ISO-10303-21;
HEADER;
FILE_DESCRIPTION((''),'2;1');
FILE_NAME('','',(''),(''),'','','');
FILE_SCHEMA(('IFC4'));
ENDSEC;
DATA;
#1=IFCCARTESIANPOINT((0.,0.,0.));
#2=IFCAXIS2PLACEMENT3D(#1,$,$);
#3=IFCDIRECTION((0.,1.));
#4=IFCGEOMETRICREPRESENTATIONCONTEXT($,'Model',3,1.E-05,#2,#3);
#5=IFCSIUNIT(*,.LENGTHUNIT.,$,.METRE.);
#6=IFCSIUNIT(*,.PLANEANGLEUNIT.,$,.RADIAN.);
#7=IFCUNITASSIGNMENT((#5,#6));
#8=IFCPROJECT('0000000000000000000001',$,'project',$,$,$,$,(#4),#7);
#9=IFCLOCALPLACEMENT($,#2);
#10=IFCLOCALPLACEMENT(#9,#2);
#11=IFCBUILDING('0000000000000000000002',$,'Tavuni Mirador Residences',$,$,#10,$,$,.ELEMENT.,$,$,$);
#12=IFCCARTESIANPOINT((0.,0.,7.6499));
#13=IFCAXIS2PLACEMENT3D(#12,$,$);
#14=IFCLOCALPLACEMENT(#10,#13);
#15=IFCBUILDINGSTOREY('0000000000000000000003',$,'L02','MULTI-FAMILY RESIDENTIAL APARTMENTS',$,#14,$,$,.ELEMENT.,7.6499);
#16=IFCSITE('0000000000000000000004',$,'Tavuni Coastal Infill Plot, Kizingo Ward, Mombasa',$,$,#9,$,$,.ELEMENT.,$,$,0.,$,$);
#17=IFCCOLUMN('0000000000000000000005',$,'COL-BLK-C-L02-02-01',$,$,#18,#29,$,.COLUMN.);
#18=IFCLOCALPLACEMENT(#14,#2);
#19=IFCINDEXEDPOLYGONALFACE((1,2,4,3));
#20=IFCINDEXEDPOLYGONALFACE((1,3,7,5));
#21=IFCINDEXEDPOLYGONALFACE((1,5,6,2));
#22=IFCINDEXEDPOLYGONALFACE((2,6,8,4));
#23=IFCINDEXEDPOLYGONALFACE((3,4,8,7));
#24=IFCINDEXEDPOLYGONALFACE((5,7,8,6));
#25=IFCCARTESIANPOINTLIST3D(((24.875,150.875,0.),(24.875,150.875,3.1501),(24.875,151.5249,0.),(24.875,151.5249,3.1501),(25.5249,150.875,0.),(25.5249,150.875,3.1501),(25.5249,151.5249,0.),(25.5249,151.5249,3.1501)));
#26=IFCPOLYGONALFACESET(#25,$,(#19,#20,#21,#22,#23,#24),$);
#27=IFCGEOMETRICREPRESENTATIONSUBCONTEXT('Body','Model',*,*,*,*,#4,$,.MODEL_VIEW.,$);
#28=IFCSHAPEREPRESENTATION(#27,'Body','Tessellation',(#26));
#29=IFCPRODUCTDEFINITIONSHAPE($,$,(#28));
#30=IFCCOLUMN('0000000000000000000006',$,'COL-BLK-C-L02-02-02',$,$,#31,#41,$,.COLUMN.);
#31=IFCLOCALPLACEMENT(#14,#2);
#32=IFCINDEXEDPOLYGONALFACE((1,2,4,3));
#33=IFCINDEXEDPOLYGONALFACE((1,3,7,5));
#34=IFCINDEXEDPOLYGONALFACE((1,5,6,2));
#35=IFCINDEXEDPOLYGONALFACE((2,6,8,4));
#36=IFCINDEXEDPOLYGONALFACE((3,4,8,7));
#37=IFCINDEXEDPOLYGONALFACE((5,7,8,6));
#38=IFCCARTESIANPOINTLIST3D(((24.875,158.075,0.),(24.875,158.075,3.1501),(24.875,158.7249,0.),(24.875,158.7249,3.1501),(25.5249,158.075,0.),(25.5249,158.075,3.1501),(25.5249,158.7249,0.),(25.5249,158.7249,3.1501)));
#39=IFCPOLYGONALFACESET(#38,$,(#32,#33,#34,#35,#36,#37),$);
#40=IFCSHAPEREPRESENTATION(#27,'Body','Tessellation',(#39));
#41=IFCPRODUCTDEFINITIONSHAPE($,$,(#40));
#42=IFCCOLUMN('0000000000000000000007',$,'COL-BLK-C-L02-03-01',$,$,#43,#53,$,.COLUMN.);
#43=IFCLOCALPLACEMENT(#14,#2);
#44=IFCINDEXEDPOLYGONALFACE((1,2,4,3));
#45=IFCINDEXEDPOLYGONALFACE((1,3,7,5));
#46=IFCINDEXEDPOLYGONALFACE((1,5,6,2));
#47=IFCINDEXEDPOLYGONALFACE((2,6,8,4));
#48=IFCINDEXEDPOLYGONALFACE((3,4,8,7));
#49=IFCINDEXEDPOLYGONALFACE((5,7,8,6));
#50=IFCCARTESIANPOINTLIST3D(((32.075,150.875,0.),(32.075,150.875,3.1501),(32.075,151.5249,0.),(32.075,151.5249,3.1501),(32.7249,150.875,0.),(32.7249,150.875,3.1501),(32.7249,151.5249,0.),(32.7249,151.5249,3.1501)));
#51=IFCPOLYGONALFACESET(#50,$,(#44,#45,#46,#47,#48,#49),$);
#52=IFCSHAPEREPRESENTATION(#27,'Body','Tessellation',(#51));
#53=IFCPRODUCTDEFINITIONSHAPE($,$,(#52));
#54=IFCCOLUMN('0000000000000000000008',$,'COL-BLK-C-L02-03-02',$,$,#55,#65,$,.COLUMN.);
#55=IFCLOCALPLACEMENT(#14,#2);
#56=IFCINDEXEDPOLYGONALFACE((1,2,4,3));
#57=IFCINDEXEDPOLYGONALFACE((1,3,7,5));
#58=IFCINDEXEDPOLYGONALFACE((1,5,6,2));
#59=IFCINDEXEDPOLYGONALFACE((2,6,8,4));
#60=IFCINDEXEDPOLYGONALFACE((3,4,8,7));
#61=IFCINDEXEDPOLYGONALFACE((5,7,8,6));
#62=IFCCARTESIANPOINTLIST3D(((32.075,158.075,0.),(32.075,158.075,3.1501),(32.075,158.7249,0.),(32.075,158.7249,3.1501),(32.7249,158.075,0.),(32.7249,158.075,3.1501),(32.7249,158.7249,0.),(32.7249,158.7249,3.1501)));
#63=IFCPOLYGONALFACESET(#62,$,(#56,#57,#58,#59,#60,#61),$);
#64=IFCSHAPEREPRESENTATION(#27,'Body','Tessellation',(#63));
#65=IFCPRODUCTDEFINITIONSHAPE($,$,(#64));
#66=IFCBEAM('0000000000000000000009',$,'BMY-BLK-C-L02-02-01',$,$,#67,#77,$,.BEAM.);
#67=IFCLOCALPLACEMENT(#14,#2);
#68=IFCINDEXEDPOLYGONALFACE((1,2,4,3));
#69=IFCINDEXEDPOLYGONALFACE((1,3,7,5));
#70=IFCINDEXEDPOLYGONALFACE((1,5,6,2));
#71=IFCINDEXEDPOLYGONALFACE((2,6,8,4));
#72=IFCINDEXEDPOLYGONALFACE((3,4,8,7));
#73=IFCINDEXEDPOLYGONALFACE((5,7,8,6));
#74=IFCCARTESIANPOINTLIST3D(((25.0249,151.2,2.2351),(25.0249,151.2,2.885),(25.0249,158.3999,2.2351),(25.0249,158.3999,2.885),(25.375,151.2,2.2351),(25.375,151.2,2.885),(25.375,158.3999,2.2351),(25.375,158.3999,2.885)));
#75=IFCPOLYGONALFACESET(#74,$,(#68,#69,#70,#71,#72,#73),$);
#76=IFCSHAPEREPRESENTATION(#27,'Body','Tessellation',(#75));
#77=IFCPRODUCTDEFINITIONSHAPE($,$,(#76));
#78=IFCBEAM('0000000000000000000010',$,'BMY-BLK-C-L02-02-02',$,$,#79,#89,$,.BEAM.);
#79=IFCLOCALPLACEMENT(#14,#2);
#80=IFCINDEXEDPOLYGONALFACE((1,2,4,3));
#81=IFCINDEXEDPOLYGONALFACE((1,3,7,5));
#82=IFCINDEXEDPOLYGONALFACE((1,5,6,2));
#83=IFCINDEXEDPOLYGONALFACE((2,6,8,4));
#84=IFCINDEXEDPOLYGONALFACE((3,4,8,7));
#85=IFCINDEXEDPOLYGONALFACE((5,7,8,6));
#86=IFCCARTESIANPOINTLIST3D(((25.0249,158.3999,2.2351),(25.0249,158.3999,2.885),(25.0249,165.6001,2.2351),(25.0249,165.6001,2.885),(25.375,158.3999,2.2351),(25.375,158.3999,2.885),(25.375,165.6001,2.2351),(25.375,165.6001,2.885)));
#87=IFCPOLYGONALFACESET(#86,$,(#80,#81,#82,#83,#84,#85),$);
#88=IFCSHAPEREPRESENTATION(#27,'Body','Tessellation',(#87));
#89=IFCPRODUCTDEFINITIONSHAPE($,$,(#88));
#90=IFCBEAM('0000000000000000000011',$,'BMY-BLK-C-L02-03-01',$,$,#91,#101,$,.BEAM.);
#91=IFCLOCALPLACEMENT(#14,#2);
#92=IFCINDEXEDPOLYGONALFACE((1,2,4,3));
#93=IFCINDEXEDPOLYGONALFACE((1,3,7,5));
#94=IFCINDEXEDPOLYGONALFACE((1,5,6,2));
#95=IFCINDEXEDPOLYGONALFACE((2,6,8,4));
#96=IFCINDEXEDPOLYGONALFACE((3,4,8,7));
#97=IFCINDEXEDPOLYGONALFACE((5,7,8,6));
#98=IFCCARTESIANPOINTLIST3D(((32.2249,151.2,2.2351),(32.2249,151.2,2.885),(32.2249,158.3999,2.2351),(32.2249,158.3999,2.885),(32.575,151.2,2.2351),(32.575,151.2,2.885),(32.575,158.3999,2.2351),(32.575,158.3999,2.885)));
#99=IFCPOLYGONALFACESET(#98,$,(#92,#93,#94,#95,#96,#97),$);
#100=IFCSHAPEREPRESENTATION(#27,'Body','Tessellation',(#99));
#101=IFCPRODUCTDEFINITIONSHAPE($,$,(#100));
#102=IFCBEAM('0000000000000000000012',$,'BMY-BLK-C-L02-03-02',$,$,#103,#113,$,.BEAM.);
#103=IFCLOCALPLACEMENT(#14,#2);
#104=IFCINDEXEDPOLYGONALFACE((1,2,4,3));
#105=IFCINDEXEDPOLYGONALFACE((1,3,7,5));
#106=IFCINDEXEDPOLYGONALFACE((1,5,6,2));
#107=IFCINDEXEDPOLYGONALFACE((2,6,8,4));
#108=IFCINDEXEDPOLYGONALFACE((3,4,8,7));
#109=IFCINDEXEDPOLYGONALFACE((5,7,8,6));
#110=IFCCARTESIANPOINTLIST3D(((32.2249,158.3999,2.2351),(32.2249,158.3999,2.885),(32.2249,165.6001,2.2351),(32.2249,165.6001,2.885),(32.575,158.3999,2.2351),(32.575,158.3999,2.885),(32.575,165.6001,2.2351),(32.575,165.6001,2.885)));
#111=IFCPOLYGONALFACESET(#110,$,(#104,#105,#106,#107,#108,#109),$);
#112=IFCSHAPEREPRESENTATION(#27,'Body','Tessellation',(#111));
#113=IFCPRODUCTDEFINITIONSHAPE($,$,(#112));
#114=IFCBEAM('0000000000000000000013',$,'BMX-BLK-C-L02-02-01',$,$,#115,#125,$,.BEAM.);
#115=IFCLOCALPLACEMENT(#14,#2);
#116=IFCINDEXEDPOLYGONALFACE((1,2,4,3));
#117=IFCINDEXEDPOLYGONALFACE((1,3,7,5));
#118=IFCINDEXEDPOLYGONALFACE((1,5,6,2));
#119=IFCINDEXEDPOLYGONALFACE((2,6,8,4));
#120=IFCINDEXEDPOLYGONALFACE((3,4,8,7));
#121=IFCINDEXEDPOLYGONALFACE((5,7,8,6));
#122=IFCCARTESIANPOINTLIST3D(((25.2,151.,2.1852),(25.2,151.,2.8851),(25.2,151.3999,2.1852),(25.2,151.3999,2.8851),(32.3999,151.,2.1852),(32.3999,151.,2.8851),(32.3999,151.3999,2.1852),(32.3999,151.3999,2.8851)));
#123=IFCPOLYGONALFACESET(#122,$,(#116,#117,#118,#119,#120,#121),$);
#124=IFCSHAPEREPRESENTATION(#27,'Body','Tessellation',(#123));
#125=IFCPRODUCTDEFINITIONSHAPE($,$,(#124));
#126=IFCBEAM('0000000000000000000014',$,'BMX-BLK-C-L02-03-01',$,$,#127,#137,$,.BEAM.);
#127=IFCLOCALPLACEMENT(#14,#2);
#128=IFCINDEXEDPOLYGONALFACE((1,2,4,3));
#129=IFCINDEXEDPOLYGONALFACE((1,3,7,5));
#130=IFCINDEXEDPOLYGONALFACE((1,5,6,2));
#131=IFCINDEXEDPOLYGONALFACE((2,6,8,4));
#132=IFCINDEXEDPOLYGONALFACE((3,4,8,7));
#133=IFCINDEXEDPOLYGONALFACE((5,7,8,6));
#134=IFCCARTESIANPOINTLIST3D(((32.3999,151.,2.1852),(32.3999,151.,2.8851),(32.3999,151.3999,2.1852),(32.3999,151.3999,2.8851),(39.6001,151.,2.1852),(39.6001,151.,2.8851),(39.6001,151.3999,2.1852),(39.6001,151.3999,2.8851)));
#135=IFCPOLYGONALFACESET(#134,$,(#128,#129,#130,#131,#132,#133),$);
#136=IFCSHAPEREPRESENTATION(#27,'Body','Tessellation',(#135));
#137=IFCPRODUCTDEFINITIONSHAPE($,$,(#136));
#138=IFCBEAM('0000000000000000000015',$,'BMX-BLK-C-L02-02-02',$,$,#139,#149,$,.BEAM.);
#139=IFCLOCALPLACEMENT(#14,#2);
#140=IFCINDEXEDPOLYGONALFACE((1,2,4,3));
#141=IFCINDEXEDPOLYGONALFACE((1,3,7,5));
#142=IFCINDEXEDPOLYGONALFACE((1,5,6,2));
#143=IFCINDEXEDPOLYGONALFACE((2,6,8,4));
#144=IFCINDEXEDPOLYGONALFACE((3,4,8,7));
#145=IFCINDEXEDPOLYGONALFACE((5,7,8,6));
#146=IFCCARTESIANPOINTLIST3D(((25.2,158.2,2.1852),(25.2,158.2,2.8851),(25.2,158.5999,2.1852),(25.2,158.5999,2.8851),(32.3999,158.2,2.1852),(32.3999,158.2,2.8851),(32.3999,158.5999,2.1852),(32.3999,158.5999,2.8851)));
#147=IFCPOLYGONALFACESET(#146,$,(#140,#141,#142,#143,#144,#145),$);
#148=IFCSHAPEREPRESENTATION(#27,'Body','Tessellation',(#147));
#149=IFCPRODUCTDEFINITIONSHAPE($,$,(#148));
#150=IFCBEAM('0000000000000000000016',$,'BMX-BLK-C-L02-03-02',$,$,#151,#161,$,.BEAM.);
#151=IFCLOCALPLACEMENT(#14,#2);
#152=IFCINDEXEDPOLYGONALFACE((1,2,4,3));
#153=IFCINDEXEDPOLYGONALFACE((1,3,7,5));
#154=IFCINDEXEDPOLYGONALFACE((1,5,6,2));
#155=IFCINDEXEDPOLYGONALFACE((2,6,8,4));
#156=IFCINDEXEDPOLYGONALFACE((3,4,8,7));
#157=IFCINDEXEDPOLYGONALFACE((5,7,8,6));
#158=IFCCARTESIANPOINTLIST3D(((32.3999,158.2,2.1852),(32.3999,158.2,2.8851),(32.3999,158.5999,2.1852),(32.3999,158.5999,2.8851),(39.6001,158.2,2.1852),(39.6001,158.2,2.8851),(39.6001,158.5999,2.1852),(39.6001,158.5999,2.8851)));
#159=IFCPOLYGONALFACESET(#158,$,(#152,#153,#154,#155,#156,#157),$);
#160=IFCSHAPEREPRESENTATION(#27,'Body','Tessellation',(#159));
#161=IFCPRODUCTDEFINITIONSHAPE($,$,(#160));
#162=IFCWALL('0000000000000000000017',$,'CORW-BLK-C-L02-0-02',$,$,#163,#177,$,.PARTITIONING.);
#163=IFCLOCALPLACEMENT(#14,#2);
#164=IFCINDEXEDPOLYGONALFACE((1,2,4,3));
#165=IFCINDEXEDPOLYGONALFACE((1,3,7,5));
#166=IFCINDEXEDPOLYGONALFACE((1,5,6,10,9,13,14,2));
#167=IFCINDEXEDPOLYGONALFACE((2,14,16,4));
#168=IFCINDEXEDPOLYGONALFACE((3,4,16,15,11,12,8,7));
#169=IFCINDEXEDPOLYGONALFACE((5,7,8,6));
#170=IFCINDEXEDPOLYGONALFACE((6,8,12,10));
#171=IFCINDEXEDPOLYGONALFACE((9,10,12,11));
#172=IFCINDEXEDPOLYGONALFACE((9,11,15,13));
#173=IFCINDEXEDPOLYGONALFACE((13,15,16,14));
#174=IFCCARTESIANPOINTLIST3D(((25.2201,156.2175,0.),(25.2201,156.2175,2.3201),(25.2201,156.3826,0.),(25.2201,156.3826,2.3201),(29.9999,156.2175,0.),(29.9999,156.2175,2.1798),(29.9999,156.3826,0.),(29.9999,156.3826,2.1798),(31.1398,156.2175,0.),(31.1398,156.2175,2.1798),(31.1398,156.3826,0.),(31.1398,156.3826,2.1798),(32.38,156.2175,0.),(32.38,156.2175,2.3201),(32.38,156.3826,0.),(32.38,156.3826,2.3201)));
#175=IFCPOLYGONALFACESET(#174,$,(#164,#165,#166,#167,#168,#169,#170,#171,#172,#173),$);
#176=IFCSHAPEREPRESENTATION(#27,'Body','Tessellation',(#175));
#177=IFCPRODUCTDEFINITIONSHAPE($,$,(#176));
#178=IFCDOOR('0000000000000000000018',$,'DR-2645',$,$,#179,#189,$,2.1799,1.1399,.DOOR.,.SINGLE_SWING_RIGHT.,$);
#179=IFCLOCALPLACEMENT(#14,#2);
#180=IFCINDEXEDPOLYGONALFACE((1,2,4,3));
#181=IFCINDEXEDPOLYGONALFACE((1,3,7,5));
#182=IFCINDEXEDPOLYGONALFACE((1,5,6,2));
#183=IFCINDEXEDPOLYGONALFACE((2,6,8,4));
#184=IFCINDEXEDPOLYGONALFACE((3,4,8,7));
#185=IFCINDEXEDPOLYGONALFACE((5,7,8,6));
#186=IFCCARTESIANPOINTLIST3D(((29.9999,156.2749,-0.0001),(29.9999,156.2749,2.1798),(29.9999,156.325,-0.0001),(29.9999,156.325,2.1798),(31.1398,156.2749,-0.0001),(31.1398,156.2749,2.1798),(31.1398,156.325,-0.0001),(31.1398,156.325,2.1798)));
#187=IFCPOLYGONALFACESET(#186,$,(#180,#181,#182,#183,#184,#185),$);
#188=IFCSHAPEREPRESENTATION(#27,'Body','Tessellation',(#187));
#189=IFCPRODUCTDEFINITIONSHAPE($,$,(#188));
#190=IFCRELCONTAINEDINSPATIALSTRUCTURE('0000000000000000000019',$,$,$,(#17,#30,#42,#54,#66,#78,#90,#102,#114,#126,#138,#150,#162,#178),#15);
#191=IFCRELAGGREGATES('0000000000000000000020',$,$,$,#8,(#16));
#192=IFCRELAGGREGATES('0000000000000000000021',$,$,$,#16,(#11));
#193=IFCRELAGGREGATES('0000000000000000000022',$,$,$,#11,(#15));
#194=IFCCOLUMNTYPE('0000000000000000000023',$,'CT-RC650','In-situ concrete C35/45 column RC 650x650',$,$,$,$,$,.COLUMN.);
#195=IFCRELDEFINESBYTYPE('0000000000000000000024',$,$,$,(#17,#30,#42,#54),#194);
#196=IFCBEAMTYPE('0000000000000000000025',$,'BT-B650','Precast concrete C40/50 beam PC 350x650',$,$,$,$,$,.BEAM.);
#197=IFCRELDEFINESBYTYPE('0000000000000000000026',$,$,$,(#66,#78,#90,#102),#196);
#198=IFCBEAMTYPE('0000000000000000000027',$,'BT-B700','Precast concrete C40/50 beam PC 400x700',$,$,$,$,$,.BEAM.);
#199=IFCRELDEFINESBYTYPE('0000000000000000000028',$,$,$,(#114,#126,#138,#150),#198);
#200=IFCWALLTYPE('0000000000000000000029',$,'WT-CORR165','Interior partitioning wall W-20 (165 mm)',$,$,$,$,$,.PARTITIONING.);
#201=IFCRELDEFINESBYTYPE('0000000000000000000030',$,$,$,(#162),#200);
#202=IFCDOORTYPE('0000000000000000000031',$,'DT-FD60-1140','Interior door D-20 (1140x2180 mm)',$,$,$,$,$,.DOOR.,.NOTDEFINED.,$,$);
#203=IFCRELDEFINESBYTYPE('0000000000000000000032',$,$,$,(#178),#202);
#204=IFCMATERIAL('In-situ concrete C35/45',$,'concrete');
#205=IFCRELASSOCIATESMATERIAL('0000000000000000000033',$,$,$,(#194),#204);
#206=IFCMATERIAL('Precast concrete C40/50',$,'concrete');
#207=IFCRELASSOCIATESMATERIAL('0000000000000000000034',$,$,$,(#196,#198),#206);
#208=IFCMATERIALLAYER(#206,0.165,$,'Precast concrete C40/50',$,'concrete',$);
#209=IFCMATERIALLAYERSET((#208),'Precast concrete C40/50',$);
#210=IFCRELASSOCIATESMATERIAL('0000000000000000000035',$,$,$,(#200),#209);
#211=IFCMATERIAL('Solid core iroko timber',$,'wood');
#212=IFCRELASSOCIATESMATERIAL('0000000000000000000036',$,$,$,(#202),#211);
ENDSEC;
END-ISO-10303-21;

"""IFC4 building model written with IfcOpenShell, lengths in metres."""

from ifc_helpers import new_model, si_unit, direction, frame, frame_2d, origin, origin_2d, place, context, subcontext, project, spatial, rectangle, extrude, material, layer, layer_set, material_profile, profile_set, type_object, element, fill, save


model = new_model("IFC4")

# Units and contexts
model_context = context("Model", 3, precision=1e-05, world=origin(), true_north=direction((0.0, 1.0)))
body_context = subcontext(model_context, "Body", "Model", "MODEL_VIEW")
ifc_project = project(units=[si_unit("LENGTHUNIT", "METRE"), si_unit("PLANEANGLEUNIT", "RADIAN")], contexts=[model_context])

# Site, building, storey
site_placement = place(None, origin())
site = spatial("IfcSite", under=ifc_project, at=site_placement, Name="Tavuni Coastal Infill Plot, Kizingo Ward, Mombasa", CompositionType="ELEMENT", RefElevation=0.0)
building_placement = place(site_placement, origin())
building = spatial("IfcBuilding", under=site, at=building_placement, Name="Tavuni Mirador Residences", CompositionType="ELEMENT")
storey_placement = place(building_placement, frame((0.0, 0.0, 7.6499)))
storey = spatial("IfcBuildingStorey", under=building, at=storey_placement, Name="L02", Description="MULTI-FAMILY RESIDENTIAL APARTMENTS", CompositionType="ELEMENT", Elevation=7.6499)

# Columns
ifc_material_1 = material(Name="In-situ concrete C35/45", Category="concrete")
ifc_material_profile_1 = material_profile(ifc_material_1, rectangle(XDim=0.6499, YDim=0.6499, at=origin_2d()), Name="RC 650x650", Category="concrete")
ifc_profile_set_1 = profile_set([ifc_material_profile_1], Name="In-situ concrete C35/45")
column_type = type_object("IfcColumnType", Name="CT-RC650", Description="In-situ concrete C35/45 column RC 650x650", PredefinedType="COLUMN", material=ifc_profile_set_1)
for number, where, z_axis, x_axis, name in (
    (1, (25.2, 151.2, 0.0), (0.0, 0.0, 1.0), (1.0, 0.0, 0.0), "COL-BLK-C-L02-02-01"),
    (2, (25.2, 158.3999, 0.0), (0.0, 0.0, 1.0), (1.0, 0.0, 0.0), "COL-BLK-C-L02-02-02"),
    (3, (32.3999, 151.2, 0.0), (0.0, 0.0, 1.0), (1.0, 0.0, 0.0), "COL-BLK-C-L02-03-01"),
    (4, (32.3999, 158.3999, 0.0), (0.0, 0.0, 1.0), (1.0, 0.0, 0.0), "COL-BLK-C-L02-03-02"),
):
    element("IfcColumn", number, at=place(storey_placement, frame(where, z_axis=z_axis, x_axis=x_axis)), inside=storey, type_object=column_type, Name=name, PredefinedType="COLUMN", context=body_context, shape_type="SweptSolid", body=[
        extrude(rectangle(XDim=0.6499, YDim=0.6499, at=origin_2d()), origin(), (0.0, 0.0, 1.0), 3.1501),
    ])

# Beams
ifc_material_2 = material(Name="Precast concrete C40/50", Category="concrete")
ifc_material_profile_2 = material_profile(ifc_material_2, rectangle(XDim=0.3501, YDim=0.6499, at=origin_2d()), Name="PC 350x650", Category="concrete")
ifc_profile_set_2 = profile_set([ifc_material_profile_2], Name="Precast concrete C40/50")
beam_type_1 = type_object("IfcBeamType", Name="BT-B650", Description="Precast concrete C40/50 beam PC 350x650", PredefinedType="BEAM", material=ifc_profile_set_2)
beam_1_placement = place(storey_placement, frame((25.2, 151.2, 2.5601), z_axis=(0.0, 1.0, 0.0), x_axis=(-1.0, 0.0, 0.0)))
element("IfcBeam", 5, at=beam_1_placement, inside=storey, type_object=beam_type_1, Name="BMY-BLK-C-L02-02-01", PredefinedType="BEAM", context=body_context, shape_type="SweptSolid", body=[
    extrude(rectangle(XDim=0.3501, YDim=0.6499, at=origin_2d()), origin(), (0.0, 0.0, 1.0), 7.2),
])
beam_2_placement = place(storey_placement, frame((25.2, 158.3999, 2.5601), z_axis=(0.0, 1.0, 0.0), x_axis=(-1.0, 0.0, 0.0)))
element("IfcBeam", 6, at=beam_2_placement, inside=storey, type_object=beam_type_1, Name="BMY-BLK-C-L02-02-02", PredefinedType="BEAM", context=body_context, shape_type="SweptSolid", body=[
    extrude(rectangle(XDim=0.3501, YDim=0.6499, at=origin_2d()), origin(), (0.0, 0.0, 1.0), 7.2002),
])
beam_3_placement = place(storey_placement, frame((32.3999, 151.2, 2.5601), z_axis=(0.0, 1.0, 0.0), x_axis=(-1.0, 0.0, 0.0)))
element("IfcBeam", 7, at=beam_3_placement, inside=storey, type_object=beam_type_1, Name="BMY-BLK-C-L02-03-01", PredefinedType="BEAM", context=body_context, shape_type="SweptSolid", body=[
    extrude(rectangle(XDim=0.3501, YDim=0.6499, at=origin_2d()), origin(), (0.0, 0.0, 1.0), 7.2),
])
beam_4_placement = place(storey_placement, frame((32.3999, 158.3999, 2.5601), z_axis=(0.0, 1.0, 0.0), x_axis=(-1.0, 0.0, 0.0)))
element("IfcBeam", 8, at=beam_4_placement, inside=storey, type_object=beam_type_1, Name="BMY-BLK-C-L02-03-02", PredefinedType="BEAM", context=body_context, shape_type="SweptSolid", body=[
    extrude(rectangle(XDim=0.3501, YDim=0.6499, at=origin_2d()), origin(), (0.0, 0.0, 1.0), 7.2002),
])
ifc_material_profile_3 = material_profile(ifc_material_2, rectangle(XDim=0.3999, YDim=0.7, at=origin_2d()), Name="PC 400x700", Category="concrete")
ifc_profile_set_3 = profile_set([ifc_material_profile_3], Name="Precast concrete C40/50")
beam_type_2 = type_object("IfcBeamType", Name="BT-B700", Description="Precast concrete C40/50 beam PC 400x700", PredefinedType="BEAM", material=ifc_profile_set_3)
beam_5_placement = place(storey_placement, frame((25.2, 151.2, 2.5352), z_axis=(1.0, 0.0, 0.0), x_axis=(0.0, 1.0, 0.0)))
element("IfcBeam", 9, at=beam_5_placement, inside=storey, type_object=beam_type_2, Name="BMX-BLK-C-L02-02-01", PredefinedType="BEAM", context=body_context, shape_type="SweptSolid", body=[
    extrude(rectangle(XDim=0.3999, YDim=0.7, at=origin_2d()), origin(), (0.0, 0.0, 1.0), 7.2),
])
beam_6_placement = place(storey_placement, frame((32.3999, 151.2, 2.5352), z_axis=(1.0, 0.0, 0.0), x_axis=(0.0, 1.0, 0.0)))
element("IfcBeam", 10, at=beam_6_placement, inside=storey, type_object=beam_type_2, Name="BMX-BLK-C-L02-03-01", PredefinedType="BEAM", context=body_context, shape_type="SweptSolid", body=[
    extrude(rectangle(XDim=0.3999, YDim=0.7, at=origin_2d()), origin(), (0.0, 0.0, 1.0), 7.2002),
])
beam_7_placement = place(storey_placement, frame((25.2, 158.3999, 2.5352), z_axis=(1.0, 0.0, 0.0), x_axis=(0.0, 1.0, 0.0)))
element("IfcBeam", 11, at=beam_7_placement, inside=storey, type_object=beam_type_2, Name="BMX-BLK-C-L02-02-02", PredefinedType="BEAM", context=body_context, shape_type="SweptSolid", body=[
    extrude(rectangle(XDim=0.3999, YDim=0.7, at=origin_2d()), origin(), (0.0, 0.0, 1.0), 7.2),
])
beam_8_placement = place(storey_placement, frame((32.3999, 158.3999, 2.5352), z_axis=(1.0, 0.0, 0.0), x_axis=(0.0, 1.0, 0.0)))
element("IfcBeam", 12, at=beam_8_placement, inside=storey, type_object=beam_type_2, Name="BMX-BLK-C-L02-03-02", PredefinedType="BEAM", context=body_context, shape_type="SweptSolid", body=[
    extrude(rectangle(XDim=0.3999, YDim=0.7, at=origin_2d()), origin(), (0.0, 0.0, 1.0), 7.2002),
])

# Wall, opening, door
ifc_material_3 = material(Name="Solid core iroko timber", Category="wood")
ifc_layer_1 = layer(ifc_material_2, 0.165, Name="Precast concrete C40/50", Category="concrete")
ifc_layer_set_1 = layer_set([ifc_layer_1], Name="Precast concrete C40/50")
wall_type_1 = type_object("IfcWallType", Name="WT-CORR165", Description="Interior partitioning wall W-20 (165 mm)", PredefinedType="PARTITIONING", material=ifc_layer_set_1)
wall_1_placement = place(storey_placement, frame((25.22, 156.3, 0.0), z_axis=(0.0, 0.0, 1.0), x_axis=(1.0, 0.0, 0.0)))
wall_1 = element("IfcWall", 13, at=wall_1_placement, inside=storey, type_object=wall_type_1, Name="CORW-BLK-C-L02-0-02", PredefinedType="PARTITIONING", context=body_context, shape_type="SweptSolid", body=[
    extrude(rectangle(XDim=7.1599, YDim=0.165, at=frame_2d((3.5801, 0.0))), origin(), (0.0, 0.0, 1.0), 2.3201),
])
opening_1_placement = place(wall_1_placement, frame((4.78, 0.0, 0.0)))
opening_1 = element("IfcOpeningElement", 14, at=opening_1_placement, cuts=wall_1, PredefinedType="OPENING", context=body_context, shape_type="SweptSolid", body=[
    extrude(rectangle(XDim=1.1399, YDim=2.1799, at=frame_2d((0.5698, 1.0898))), frame((0.0, 0.0925, 0.0), z_axis=(0.0, -1.0, 0.0), x_axis=(1.0, 0.0, 0.0)), (0.0, 0.0, 1.0), 0.1851),
])
door_type_1 = type_object("IfcDoorType", Name="DT-FD60-1140", Description="Interior door D-20 (1140x2180 mm)", OperationType="NOTDEFINED", PredefinedType="DOOR", material=ifc_material_3)
door_1_placement = place(opening_1_placement, origin())
door_1 = element("IfcDoor", 15, at=door_1_placement, inside=storey, type_object=door_type_1, Name="DR-2645", OperationType="SINGLE_SWING_RIGHT", OverallHeight=2.1799, OverallWidth=1.1399, PredefinedType="DOOR", context=body_context, shape_type="SweptSolid", body=[
    extrude(rectangle(XDim=1.1399, YDim=2.1799, at=frame_2d((0.5698, 1.0898))), frame((0.0, 0.0249, 0.0), z_axis=(0.0, -1.0, 0.0), x_axis=(1.0, 0.0, 0.0)), (0.0, 0.0, 1.0), 0.05),
])
fill(opening_1, door_1)

save(model, "model.ifc")
